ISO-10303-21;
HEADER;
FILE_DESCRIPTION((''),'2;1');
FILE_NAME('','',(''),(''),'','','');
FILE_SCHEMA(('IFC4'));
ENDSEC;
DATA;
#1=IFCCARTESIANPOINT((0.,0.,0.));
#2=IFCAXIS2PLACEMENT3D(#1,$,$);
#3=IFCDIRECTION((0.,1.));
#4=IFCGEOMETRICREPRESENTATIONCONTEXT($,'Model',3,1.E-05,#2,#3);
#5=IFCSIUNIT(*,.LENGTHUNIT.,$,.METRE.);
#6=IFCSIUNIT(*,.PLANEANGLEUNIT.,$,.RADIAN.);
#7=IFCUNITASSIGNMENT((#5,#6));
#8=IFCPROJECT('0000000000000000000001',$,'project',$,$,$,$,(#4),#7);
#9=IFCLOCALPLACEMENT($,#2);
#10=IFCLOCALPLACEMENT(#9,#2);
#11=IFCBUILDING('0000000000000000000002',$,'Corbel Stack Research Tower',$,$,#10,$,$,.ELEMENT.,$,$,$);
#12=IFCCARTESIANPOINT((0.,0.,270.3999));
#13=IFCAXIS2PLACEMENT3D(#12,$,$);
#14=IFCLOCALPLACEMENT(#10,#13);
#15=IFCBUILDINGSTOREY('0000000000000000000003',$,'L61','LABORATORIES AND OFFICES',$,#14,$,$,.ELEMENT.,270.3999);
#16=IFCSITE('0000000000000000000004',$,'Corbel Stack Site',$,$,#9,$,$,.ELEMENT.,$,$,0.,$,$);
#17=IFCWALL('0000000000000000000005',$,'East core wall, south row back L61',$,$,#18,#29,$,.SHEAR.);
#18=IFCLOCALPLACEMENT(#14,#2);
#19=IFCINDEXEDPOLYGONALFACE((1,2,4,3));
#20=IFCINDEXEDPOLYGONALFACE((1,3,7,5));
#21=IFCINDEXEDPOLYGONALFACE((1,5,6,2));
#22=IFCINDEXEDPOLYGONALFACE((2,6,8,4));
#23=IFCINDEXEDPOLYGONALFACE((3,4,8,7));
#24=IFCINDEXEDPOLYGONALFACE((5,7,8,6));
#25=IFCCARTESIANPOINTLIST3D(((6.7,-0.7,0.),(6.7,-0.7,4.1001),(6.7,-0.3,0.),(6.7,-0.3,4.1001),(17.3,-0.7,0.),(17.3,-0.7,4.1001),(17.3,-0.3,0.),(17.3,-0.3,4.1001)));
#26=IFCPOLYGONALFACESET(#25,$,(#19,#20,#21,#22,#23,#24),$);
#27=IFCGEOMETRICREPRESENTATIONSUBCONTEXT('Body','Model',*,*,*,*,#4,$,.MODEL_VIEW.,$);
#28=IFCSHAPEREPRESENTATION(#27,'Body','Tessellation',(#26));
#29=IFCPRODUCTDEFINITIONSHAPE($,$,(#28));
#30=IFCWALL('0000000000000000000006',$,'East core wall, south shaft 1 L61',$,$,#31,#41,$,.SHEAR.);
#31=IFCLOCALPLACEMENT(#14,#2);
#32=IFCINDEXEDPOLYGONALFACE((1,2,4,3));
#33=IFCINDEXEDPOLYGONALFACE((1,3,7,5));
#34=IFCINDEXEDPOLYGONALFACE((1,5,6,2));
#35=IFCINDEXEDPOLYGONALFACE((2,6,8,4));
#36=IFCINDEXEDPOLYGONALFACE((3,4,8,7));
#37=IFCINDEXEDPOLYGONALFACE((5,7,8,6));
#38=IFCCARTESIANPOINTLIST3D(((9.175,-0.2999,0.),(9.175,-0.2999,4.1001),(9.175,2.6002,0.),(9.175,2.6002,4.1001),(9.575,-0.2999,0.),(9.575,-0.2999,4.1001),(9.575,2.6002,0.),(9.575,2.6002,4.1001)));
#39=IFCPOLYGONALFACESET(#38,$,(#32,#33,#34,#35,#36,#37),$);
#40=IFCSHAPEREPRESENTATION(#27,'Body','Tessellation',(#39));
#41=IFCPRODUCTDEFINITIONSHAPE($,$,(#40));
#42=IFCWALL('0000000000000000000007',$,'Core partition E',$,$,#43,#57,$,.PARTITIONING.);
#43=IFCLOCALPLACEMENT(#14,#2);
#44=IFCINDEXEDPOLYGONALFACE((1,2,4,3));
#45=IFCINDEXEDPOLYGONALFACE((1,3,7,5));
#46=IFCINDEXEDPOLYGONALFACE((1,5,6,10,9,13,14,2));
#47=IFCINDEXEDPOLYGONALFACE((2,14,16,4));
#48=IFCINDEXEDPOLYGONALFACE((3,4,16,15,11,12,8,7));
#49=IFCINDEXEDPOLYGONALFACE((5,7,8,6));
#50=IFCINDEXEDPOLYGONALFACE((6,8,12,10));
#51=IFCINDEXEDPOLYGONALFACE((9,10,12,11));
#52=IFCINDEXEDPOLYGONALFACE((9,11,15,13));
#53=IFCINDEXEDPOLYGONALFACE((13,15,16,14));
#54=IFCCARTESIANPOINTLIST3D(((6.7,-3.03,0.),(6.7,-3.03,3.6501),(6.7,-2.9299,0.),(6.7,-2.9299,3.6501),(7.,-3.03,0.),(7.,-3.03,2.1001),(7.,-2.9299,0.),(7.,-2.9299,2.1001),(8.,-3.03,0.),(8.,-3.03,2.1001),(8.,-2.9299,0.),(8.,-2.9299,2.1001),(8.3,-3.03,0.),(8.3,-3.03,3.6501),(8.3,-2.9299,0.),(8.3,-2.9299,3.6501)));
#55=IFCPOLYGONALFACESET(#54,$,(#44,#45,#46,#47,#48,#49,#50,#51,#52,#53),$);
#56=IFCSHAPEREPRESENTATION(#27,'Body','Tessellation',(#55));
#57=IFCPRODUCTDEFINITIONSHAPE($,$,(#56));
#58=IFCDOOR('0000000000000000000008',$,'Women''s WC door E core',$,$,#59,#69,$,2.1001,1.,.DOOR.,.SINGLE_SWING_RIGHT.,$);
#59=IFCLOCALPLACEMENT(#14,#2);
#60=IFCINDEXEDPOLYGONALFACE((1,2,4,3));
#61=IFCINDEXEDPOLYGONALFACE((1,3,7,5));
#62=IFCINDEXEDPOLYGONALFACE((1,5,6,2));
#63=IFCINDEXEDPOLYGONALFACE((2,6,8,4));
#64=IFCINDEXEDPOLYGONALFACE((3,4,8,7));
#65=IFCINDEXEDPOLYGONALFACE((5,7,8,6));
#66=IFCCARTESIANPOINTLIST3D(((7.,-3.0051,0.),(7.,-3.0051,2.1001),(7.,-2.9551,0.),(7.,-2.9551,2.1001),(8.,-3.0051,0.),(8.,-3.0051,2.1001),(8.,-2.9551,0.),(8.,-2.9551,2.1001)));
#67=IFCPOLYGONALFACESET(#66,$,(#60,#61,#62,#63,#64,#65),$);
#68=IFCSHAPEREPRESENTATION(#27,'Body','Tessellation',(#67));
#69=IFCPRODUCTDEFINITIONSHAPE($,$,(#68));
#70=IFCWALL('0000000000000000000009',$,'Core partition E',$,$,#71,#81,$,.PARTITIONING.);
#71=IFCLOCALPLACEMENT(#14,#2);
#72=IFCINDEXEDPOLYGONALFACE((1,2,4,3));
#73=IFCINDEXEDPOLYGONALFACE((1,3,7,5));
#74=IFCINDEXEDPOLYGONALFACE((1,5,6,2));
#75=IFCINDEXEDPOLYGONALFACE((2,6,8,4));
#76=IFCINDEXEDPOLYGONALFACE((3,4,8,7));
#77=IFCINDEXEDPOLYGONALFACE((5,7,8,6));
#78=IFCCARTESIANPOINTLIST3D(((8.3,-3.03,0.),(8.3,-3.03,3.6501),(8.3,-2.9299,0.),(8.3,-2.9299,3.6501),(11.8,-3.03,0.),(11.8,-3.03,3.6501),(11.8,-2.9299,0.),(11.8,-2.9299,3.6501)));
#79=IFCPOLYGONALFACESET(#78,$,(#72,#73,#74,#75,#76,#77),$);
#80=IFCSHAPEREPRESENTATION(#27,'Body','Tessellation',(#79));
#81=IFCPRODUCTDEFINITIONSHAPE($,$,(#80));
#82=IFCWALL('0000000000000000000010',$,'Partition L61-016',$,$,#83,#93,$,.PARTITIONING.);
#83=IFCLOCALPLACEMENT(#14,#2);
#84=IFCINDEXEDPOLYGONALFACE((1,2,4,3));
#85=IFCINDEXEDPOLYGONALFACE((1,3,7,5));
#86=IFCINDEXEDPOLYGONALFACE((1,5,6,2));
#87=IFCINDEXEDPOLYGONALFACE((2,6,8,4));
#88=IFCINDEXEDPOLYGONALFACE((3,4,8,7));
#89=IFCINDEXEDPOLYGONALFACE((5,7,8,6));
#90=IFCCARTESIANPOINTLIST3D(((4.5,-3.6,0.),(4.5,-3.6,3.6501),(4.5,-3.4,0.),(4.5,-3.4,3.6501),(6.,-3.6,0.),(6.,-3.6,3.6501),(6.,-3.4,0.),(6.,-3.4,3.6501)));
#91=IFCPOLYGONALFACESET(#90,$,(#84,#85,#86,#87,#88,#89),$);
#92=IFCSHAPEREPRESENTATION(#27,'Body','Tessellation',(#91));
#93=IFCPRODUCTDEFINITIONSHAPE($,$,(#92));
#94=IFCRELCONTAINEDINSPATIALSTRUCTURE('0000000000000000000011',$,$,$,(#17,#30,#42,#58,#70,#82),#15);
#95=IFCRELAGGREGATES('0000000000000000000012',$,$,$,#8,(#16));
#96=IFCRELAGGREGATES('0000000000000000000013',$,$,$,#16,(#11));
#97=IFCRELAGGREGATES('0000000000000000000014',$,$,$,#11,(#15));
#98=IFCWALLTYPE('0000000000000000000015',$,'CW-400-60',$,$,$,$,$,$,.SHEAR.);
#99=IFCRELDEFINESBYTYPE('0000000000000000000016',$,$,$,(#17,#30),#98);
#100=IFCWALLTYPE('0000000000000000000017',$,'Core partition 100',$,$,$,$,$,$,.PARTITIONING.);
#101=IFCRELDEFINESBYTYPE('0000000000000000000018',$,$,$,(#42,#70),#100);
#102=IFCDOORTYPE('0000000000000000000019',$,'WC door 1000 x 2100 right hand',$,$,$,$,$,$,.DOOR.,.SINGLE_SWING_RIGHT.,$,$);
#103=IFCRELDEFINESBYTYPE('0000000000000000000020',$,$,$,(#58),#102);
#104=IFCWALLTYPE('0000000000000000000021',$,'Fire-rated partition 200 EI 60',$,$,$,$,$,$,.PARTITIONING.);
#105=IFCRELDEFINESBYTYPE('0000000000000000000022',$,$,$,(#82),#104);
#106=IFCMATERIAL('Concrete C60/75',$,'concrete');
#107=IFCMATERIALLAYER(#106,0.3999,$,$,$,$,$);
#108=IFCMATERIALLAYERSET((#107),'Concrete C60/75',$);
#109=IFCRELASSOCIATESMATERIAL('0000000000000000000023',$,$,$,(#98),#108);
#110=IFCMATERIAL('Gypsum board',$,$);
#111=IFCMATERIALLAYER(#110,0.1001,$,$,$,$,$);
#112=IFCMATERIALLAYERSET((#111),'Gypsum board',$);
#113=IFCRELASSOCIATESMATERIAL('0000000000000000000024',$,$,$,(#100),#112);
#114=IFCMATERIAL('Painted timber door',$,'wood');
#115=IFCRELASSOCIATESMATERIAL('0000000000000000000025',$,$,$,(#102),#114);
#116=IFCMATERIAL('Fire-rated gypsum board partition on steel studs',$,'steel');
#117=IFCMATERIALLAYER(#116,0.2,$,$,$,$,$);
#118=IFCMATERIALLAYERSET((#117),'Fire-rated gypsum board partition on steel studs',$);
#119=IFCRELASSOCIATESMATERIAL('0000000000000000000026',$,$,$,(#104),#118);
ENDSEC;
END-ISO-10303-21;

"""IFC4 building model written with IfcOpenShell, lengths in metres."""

from ifc_helpers import new_model, si_unit, direction, frame, frame_2d, origin, place, context, subcontext, project, spatial, rectangle, extrude, material, layer, layer_set, type_object, element, fill, save


model = new_model("IFC4")

# Units and contexts
model_context = context("Model", 3, precision=1e-05, world=origin(), true_north=direction((0.0, 1.0)))
body_context = subcontext(model_context, "Body", "Model", "MODEL_VIEW")
ifc_project = project(units=[si_unit("LENGTHUNIT", "METRE"), si_unit("PLANEANGLEUNIT", "RADIAN")], contexts=[model_context])

# Site, building, storey
site_placement = place(None, origin())
site = spatial("IfcSite", under=ifc_project, at=site_placement, Name="Corbel Stack Site", CompositionType="ELEMENT", RefElevation=0.0)
building_placement = place(site_placement, origin())
building = spatial("IfcBuilding", under=site, at=building_placement, Name="Corbel Stack Research Tower", CompositionType="ELEMENT")
storey_placement = place(building_placement, frame((0.0, 0.0, 270.3999)))
storey = spatial("IfcBuildingStorey", under=building, at=storey_placement, Name="L61", Description="LABORATORIES AND OFFICES", CompositionType="ELEMENT", Elevation=270.3999)

# Walls
ifc_material_1 = material(Name="Concrete C60/75", Category="concrete")
ifc_layer_1 = layer(ifc_material_1, 0.3999)
ifc_layer_set_1 = layer_set([ifc_layer_1], Name="Concrete C60/75")
wall_type_1 = type_object("IfcWallType", Name="CW-400-60", PredefinedType="SHEAR", material=ifc_layer_set_1)
wall_1_placement = place(storey_placement, frame((6.7, -0.5, 0.0), z_axis=(0.0, 0.0, 1.0), x_axis=(1.0, 0.0, 0.0)))
element("IfcWall", 1, at=wall_1_placement, inside=storey, type_object=wall_type_1, Name="East core wall, south row back L61", PredefinedType="SHEAR", context=body_context, shape_type="SweptSolid", body=[
    extrude(rectangle(XDim=10.6001, YDim=0.3999, at=frame_2d((5.3, 0.0))), origin(), (0.0, 0.0, 1.0), 4.1001),
])
wall_2_placement = place(storey_placement, frame((9.375, -0.3, 0.0), z_axis=(0.0, 0.0, 1.0), x_axis=(0.0, 1.0, 0.0)))
element("IfcWall", 2, at=wall_2_placement, inside=storey, type_object=wall_type_1, Name="East core wall, south shaft 1 L61", PredefinedType="SHEAR", context=body_context, shape_type="SweptSolid", body=[
    extrude(rectangle(XDim=2.9001, YDim=0.3999, at=frame_2d((1.4502, 0.0))), origin(), (0.0, 0.0, 1.0), 4.1001),
])

# Wall, opening, door
ifc_material_2 = material(Name="Gypsum board")
ifc_layer_2 = layer(ifc_material_2, 0.1001)
ifc_layer_set_2 = layer_set([ifc_layer_2], Name="Gypsum board")
wall_type_2 = type_object("IfcWallType", Name="Core partition 100", PredefinedType="PARTITIONING", material=ifc_layer_set_2)
wall_3_placement = place(storey_placement, frame((6.7, -2.98, 0.0), z_axis=(0.0, 0.0, 1.0), x_axis=(1.0, 0.0, 0.0)))
wall_3 = element("IfcWall", 3, at=wall_3_placement, inside=storey, type_object=wall_type_2, Name="Core partition E", PredefinedType="PARTITIONING", context=body_context, shape_type="SweptSolid", body=[
    extrude(rectangle(XDim=1.6001, YDim=0.1001, at=frame_2d((0.8, 0.0))), origin(), (0.0, 0.0, 1.0), 3.6501),
])
opening_placement = place(wall_3_placement, frame((0.3, 0.0, 0.0)))
opening = element("IfcOpeningElement", 4, at=opening_placement, cuts=wall_3, PredefinedType="OPENING", context=body_context, shape_type="SweptSolid", body=[
    extrude(rectangle(XDim=1.0, YDim=2.1001, at=frame_2d((0.5, 1.05))), frame((0.0, 0.0601, 0.0), z_axis=(0.0, -1.0, 0.0), x_axis=(1.0, 0.0, 0.0)), (0.0, 0.0, 1.0), 0.1201),
])
ifc_material_3 = material(Name="Painted timber door", Category="wood")
door_type = type_object("IfcDoorType", Name="WC door 1000 x 2100 right hand", OperationType="SINGLE_SWING_RIGHT", PredefinedType="DOOR", material=ifc_material_3)
door_placement = place(opening_placement, origin())
door = element("IfcDoor", 5, at=door_placement, inside=storey, type_object=door_type, Name="Women's WC door E core", OperationType="SINGLE_SWING_RIGHT", OverallHeight=2.1001, OverallWidth=1.0, PredefinedType="DOOR", context=body_context, shape_type="SweptSolid", body=[
    extrude(rectangle(XDim=1.0, YDim=2.1001, at=frame_2d((0.5, 1.05))), frame((0.0, 0.0249, 0.0), z_axis=(0.0, -1.0, 0.0), x_axis=(1.0, 0.0, 0.0)), (0.0, 0.0, 1.0), 0.05),
])
fill(opening, door)

# Walls
wall_4_placement = place(storey_placement, frame((8.3, -2.98, 0.0), z_axis=(0.0, 0.0, 1.0), x_axis=(1.0, 0.0, 0.0)))
element("IfcWall", 6, at=wall_4_placement, inside=storey, type_object=wall_type_2, Name="Core partition E", PredefinedType="PARTITIONING", context=body_context, shape_type="SweptSolid", body=[
    extrude(rectangle(XDim=3.5, YDim=0.1001, at=frame_2d((1.75, 0.0))), origin(), (0.0, 0.0, 1.0), 3.6501),
])
ifc_material_4 = material(Name="Fire-rated gypsum board partition on steel studs", Category="steel")
ifc_layer_3 = layer(ifc_material_4, 0.2)
ifc_layer_set_3 = layer_set([ifc_layer_3], Name="Fire-rated gypsum board partition on steel studs")
wall_type_3 = type_object("IfcWallType", Name="Fire-rated partition 200 EI 60", PredefinedType="PARTITIONING", material=ifc_layer_set_3)
wall_5_placement = place(storey_placement, frame((4.5, -3.5, 0.0), z_axis=(0.0, 0.0, 1.0), x_axis=(1.0, 0.0, 0.0)))
element("IfcWall", 7, at=wall_5_placement, inside=storey, type_object=wall_type_3, Name="Partition L61-016", PredefinedType="PARTITIONING", context=body_context, shape_type="SweptSolid", body=[
    extrude(rectangle(XDim=1.5, YDim=0.2, at=frame_2d((0.75, 0.0))), origin(), (0.0, 0.0, 1.0), 3.6501),
])

save(model, "model.ifc")
